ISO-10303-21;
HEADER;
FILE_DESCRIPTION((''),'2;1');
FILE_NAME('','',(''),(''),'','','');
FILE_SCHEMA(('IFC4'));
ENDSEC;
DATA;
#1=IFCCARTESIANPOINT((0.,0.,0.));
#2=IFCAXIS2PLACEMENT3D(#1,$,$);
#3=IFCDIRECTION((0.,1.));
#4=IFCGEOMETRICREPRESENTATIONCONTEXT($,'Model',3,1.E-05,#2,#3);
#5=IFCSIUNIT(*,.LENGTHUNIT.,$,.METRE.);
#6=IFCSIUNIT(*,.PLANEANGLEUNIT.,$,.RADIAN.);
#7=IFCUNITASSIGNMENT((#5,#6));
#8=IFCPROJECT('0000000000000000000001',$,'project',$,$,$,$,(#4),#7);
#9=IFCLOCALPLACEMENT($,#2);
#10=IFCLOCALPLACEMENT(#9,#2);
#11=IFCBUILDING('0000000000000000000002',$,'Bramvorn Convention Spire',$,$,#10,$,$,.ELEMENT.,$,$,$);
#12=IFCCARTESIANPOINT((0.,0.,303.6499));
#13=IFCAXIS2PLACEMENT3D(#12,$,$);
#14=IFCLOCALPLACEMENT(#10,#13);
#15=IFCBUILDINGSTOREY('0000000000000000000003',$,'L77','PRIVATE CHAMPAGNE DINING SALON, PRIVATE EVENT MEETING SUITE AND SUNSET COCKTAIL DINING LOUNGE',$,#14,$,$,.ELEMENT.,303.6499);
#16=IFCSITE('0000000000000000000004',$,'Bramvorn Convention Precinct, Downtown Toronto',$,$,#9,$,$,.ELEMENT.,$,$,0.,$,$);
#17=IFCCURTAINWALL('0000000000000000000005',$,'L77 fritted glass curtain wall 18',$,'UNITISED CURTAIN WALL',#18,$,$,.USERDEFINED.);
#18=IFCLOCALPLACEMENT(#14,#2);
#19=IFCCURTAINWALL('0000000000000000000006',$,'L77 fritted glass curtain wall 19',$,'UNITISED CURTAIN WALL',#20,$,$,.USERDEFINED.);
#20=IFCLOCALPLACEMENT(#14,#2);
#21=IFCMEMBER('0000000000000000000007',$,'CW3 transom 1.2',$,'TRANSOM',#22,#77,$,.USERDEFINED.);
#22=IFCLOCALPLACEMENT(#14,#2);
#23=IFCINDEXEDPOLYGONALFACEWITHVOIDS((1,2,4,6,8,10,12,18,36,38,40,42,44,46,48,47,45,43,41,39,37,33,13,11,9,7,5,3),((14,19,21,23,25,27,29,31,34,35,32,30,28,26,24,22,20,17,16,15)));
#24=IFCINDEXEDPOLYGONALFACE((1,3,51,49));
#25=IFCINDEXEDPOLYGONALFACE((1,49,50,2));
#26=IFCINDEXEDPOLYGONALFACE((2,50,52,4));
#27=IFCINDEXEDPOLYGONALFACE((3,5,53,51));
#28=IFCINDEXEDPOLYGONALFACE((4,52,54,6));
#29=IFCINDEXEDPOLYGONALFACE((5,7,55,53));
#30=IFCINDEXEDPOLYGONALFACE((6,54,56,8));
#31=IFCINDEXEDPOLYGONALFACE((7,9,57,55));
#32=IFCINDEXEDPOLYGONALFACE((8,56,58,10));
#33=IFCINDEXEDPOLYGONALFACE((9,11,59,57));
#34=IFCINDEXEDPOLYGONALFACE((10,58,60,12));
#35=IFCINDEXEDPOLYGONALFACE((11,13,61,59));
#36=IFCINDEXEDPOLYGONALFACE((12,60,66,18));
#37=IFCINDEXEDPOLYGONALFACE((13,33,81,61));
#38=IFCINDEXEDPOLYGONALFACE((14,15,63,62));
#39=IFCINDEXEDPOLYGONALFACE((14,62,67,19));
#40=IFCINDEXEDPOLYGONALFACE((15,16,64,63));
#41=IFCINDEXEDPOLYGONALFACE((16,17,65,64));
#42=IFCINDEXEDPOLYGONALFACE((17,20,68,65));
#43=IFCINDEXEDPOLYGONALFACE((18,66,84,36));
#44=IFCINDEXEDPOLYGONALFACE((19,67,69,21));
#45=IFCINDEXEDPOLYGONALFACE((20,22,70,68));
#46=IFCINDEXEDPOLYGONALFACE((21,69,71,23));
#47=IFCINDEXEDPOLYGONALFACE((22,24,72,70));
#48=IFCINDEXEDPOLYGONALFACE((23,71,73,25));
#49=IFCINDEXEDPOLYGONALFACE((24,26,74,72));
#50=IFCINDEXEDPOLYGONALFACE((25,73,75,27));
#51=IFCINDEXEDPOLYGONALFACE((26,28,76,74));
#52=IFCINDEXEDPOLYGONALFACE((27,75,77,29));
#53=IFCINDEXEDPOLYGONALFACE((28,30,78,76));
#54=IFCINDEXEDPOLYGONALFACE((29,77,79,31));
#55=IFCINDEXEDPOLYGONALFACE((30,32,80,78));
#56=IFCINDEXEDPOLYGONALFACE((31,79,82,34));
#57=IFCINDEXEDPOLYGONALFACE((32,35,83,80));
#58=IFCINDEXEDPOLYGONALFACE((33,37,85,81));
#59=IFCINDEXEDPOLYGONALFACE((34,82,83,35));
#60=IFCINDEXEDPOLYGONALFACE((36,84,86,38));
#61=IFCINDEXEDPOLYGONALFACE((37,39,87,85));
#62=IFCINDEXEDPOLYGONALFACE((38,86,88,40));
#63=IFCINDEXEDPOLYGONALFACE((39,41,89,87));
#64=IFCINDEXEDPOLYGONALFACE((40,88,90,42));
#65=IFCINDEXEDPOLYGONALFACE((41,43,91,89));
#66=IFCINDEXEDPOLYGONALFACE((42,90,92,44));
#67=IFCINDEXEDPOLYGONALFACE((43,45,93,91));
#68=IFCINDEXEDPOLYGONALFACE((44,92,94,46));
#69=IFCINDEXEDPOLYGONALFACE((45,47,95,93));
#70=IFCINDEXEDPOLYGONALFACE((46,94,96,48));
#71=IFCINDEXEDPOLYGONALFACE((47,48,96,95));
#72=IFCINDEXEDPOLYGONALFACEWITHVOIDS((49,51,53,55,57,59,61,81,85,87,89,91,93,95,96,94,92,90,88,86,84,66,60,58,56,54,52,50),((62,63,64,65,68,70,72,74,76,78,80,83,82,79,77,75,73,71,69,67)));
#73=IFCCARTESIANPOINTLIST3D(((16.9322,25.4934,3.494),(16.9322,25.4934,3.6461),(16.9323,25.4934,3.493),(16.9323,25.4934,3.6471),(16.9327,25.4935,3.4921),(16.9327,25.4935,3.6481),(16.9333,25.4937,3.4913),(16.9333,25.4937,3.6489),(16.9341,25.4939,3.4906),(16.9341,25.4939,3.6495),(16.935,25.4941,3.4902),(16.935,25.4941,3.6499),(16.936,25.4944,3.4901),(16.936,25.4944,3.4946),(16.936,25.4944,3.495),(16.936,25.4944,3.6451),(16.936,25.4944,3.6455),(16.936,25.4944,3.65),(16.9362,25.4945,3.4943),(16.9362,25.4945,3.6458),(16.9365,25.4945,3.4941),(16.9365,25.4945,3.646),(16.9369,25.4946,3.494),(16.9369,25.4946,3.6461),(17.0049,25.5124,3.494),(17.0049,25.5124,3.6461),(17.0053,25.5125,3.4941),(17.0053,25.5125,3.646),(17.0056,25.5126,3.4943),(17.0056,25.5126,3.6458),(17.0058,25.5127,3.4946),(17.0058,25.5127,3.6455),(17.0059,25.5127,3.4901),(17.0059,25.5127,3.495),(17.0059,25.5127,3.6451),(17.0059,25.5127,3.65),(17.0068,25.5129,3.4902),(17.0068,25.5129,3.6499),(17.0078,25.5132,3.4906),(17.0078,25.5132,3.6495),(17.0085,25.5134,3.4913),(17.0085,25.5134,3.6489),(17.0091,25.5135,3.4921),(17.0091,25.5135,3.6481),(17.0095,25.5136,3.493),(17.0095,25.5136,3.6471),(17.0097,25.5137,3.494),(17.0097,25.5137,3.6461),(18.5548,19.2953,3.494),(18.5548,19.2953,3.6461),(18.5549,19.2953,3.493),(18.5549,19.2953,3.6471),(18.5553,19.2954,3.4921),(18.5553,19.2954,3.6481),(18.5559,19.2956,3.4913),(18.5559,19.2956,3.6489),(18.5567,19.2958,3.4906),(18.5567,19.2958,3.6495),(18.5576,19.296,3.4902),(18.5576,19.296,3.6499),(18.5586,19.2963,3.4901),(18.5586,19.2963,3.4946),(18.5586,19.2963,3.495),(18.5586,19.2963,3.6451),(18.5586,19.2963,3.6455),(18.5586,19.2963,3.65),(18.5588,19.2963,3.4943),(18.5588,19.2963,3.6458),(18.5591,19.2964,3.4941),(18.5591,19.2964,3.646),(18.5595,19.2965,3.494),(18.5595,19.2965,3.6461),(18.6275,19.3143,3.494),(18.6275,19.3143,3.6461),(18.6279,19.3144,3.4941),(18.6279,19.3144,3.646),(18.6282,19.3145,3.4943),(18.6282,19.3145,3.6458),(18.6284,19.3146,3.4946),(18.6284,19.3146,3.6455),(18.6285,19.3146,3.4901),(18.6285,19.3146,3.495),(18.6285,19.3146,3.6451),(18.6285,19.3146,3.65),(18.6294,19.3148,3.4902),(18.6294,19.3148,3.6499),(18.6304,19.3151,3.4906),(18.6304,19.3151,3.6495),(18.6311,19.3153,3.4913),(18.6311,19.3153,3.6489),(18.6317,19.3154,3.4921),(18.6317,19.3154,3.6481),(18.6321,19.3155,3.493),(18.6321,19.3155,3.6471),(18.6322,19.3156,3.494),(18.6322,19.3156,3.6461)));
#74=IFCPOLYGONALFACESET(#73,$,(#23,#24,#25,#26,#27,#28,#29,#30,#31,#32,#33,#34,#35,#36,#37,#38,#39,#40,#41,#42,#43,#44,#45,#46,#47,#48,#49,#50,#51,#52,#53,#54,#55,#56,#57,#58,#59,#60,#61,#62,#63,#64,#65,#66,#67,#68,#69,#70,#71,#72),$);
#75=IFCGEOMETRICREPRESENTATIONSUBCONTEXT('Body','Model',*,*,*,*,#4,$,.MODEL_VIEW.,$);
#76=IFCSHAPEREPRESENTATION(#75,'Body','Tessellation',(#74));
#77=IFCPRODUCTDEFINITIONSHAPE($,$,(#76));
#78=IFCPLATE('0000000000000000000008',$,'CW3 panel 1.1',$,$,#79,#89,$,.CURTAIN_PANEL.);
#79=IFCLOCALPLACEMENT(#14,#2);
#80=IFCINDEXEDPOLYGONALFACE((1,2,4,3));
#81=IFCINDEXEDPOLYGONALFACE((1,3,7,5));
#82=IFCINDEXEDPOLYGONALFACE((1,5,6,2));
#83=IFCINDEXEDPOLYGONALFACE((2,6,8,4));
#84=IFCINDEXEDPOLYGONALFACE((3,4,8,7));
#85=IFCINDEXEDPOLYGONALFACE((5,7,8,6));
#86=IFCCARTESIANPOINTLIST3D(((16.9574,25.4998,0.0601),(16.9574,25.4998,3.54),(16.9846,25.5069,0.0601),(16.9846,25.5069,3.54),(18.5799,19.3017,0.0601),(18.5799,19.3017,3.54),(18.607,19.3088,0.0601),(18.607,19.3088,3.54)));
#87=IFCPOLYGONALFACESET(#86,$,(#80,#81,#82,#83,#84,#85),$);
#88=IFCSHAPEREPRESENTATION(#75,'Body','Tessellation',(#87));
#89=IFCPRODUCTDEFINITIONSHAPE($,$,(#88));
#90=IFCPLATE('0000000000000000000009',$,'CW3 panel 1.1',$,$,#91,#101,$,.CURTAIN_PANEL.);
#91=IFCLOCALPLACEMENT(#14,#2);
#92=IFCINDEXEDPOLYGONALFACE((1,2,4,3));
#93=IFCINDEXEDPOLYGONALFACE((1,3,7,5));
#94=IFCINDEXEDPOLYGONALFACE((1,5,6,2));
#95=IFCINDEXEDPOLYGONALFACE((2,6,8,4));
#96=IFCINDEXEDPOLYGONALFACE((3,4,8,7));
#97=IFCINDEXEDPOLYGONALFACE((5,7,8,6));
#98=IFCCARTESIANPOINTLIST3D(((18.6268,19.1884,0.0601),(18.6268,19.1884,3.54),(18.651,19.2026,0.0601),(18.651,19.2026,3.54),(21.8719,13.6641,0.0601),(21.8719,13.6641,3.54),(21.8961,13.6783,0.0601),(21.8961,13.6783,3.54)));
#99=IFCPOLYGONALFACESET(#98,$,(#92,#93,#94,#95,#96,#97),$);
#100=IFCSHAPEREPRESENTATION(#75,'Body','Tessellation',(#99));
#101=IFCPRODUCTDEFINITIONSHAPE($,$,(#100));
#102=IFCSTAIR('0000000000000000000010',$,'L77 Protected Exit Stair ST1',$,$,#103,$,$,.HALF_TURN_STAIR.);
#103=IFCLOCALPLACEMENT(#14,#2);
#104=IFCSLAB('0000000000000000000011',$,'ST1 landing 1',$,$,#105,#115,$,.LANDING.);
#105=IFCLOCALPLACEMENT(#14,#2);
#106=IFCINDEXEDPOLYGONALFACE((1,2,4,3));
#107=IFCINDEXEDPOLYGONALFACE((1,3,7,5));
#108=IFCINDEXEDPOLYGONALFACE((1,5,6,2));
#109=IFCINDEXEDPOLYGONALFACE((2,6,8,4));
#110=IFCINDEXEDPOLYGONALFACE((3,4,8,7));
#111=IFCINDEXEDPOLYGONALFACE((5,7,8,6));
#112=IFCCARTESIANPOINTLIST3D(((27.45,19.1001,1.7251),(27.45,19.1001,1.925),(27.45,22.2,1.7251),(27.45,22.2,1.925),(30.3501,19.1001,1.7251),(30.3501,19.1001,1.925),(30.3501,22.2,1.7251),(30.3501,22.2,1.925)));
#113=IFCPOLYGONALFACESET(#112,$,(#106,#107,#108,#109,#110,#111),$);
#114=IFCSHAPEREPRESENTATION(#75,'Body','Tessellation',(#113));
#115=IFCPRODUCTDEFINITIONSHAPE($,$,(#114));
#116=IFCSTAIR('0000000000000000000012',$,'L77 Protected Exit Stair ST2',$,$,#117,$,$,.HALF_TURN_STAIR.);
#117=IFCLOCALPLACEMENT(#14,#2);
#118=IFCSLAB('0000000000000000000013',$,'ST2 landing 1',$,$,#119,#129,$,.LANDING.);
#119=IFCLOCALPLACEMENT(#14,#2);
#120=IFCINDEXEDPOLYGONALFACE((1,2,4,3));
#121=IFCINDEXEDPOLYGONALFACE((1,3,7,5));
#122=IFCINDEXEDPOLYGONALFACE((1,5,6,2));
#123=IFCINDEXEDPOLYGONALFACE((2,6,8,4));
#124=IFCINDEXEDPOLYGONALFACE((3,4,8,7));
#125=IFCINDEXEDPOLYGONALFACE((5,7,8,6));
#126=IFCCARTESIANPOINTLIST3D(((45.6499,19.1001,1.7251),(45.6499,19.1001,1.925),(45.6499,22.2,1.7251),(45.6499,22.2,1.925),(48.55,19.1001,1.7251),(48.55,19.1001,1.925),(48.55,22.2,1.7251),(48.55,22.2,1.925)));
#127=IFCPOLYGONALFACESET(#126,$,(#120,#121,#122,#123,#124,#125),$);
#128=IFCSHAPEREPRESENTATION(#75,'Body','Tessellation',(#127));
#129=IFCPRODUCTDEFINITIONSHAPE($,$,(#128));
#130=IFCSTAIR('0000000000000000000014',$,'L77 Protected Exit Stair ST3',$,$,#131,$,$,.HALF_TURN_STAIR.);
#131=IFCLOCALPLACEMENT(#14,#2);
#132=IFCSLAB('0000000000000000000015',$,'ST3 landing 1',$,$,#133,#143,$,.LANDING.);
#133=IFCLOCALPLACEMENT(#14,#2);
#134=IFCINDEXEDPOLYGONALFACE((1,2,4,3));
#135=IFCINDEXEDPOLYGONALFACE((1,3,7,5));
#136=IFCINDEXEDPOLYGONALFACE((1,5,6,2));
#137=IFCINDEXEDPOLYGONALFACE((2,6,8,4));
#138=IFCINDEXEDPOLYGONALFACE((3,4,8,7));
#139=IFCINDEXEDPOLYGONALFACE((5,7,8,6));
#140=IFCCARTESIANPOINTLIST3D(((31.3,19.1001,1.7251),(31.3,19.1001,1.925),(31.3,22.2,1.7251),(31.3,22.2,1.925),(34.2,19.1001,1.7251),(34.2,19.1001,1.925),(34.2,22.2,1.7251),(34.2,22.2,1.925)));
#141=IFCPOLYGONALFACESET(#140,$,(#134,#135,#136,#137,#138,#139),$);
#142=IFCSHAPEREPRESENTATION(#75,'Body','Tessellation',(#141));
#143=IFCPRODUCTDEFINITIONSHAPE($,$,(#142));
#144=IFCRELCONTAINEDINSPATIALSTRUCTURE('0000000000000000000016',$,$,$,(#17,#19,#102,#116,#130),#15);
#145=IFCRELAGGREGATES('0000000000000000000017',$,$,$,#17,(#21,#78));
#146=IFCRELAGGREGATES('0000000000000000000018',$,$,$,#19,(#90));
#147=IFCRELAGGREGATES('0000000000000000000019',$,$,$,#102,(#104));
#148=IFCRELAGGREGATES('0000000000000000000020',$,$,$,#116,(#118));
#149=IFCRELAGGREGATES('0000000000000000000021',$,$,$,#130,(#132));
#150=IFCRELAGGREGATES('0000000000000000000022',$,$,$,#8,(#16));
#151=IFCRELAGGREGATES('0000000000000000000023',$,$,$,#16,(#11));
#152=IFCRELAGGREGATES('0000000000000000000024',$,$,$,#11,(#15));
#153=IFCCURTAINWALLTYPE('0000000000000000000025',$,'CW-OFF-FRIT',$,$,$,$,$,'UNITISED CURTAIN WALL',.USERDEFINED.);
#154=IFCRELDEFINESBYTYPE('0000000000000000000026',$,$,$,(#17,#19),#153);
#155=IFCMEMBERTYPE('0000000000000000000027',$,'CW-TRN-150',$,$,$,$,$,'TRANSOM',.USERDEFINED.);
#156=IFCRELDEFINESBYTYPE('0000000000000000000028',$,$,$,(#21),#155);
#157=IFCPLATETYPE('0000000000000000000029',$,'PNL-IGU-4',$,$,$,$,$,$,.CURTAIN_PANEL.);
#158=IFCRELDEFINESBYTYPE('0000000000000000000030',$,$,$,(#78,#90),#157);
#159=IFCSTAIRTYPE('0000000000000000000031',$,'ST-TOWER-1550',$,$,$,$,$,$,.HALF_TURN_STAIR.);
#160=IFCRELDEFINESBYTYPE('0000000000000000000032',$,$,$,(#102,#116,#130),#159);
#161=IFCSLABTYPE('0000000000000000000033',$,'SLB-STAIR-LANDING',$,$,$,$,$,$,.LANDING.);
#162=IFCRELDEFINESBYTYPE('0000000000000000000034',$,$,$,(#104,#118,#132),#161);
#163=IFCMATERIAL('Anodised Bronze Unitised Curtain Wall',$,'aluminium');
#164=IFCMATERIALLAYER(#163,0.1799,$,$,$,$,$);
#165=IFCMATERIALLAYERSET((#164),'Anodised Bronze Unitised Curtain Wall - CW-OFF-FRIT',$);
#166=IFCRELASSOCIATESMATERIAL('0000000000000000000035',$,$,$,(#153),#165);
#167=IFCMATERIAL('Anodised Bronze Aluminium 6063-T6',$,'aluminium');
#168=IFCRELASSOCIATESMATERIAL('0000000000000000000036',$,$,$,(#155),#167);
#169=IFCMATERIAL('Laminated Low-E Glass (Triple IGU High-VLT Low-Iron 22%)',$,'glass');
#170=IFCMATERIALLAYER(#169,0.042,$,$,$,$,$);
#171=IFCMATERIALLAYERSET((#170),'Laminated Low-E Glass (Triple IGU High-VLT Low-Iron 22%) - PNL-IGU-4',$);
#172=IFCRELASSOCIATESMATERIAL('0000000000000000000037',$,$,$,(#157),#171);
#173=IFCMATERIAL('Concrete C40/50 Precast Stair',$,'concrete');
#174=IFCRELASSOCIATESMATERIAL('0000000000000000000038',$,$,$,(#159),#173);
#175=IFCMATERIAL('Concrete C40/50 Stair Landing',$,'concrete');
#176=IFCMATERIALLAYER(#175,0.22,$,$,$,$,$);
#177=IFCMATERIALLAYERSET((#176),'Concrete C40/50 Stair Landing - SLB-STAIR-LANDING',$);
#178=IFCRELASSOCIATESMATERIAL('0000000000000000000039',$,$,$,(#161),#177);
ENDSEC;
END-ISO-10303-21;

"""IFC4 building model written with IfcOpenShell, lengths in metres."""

from ifc_helpers import new_model, si_unit, direction, frame, origin, origin_2d, place, context, subcontext, project, spatial, polyline, rectangle, hollow_rectangle, outline, extrude, material, layer, layer_set, material_profile, profile_set, type_object, element, aggregate, save


model = new_model("IFC4")

# Units and contexts
model_context = context("Model", 3, precision=1e-05, world=origin(), true_north=direction((0.0, 1.0)))
body_context = subcontext(model_context, "Body", "Model", "MODEL_VIEW")
ifc_project = project(units=[si_unit("LENGTHUNIT", "METRE"), si_unit("PLANEANGLEUNIT", "RADIAN")], contexts=[model_context])

# Site, building, storey
site_placement = place(None, origin())
site = spatial("IfcSite", under=ifc_project, at=site_placement, Name="Bramvorn Convention Precinct, Downtown Toronto", CompositionType="ELEMENT", RefElevation=0.0)
building_placement = place(site_placement, origin())
building = spatial("IfcBuilding", under=site, at=building_placement, Name="Bramvorn Convention Spire", CompositionType="ELEMENT")
storey_placement = place(building_placement, frame((0.0, 0.0, 303.6499)))
storey = spatial("IfcBuildingStorey", under=building, at=storey_placement, Name="L77", Description="PRIVATE CHAMPAGNE DINING SALON, PRIVATE EVENT MEETING SUITE AND SUNSET COCKTAIL DINING LOUNGE", CompositionType="ELEMENT", Elevation=303.6499)

# Curtain walls
ifc_material_1 = material(Name="Anodised Bronze Unitised Curtain Wall", Category="aluminium")
ifc_layer_1 = layer(ifc_material_1, 0.1799)
ifc_layer_set_1 = layer_set([ifc_layer_1], Name="Anodised Bronze Unitised Curtain Wall - CW-OFF-FRIT")
curtain_wall_type = type_object("IfcCurtainWallType", Name="CW-OFF-FRIT", ElementType="UNITISED CURTAIN WALL", PredefinedType="USERDEFINED", material=ifc_layer_set_1)
curtain_wall_1_placement = place(storey_placement, origin())
curtain_wall_1 = element("IfcCurtainWall", 1, at=curtain_wall_1_placement, inside=storey, type_object=curtain_wall_type, Name="L77 fritted glass curtain wall 18", ObjectType="UNITISED CURTAIN WALL", PredefinedType="USERDEFINED")
ifc_material_2 = material(Name="Anodised Bronze Aluminium 6063-T6", Category="aluminium")
curtain_wall_2_placement = place(storey_placement, origin())
curtain_wall_2 = element("IfcCurtainWall", 2, at=curtain_wall_2_placement, inside=storey, type_object=curtain_wall_type, Name="L77 fritted glass curtain wall 19", ObjectType="UNITISED CURTAIN WALL", PredefinedType="USERDEFINED")

# Member
ifc_material_profile_1 = material_profile(ifc_material_2, hollow_rectangle(XDim=0.0801, YDim=0.1599, WallThickness=0.0039, InnerFilletRadius=0.001, OuterFilletRadius=0.0039, at=origin_2d()))
ifc_profile_set_1 = profile_set([ifc_material_profile_1], Name="Anodised Bronze Aluminium 6063-T6 - CWT80X160")
member_type_1 = type_object("IfcMemberType", Name="CW-TRN-150", ElementType="TRANSOM", PredefinedType="USERDEFINED", material=ifc_profile_set_1)
member_1_placement = place(storey_placement, frame((18.5935, 19.3054, 3.5701), z_axis=(-0.253253, 0.9674, 0.0), x_axis=(-0.9674, -0.253253, 0.0)))
member_1 = element("IfcMember", 3, at=member_1_placement, type_object=member_type_1, Name="CW3 transom 1.2", ObjectType="TRANSOM", PredefinedType="USERDEFINED", context=body_context, shape_type="SweptSolid", body=[
    extrude(hollow_rectangle(XDim=0.0801, YDim=0.1599, WallThickness=0.0039, InnerFilletRadius=0.001, OuterFilletRadius=0.0039, at=origin_2d()), origin(), (0.0, 0.0, 1.0), 6.407),
])

# Plates
ifc_material_3 = material(Name="Laminated Low-E Glass (Triple IGU High-VLT Low-Iron 22%)", Category="glass")
ifc_layer_2 = layer(ifc_material_3, 0.042)
ifc_layer_set_2 = layer_set([ifc_layer_2], Name="Laminated Low-E Glass (Triple IGU High-VLT Low-Iron 22%) - PNL-IGU-4")
plate_type = type_object("IfcPlateType", Name="PNL-IGU-4", PredefinedType="CURTAIN_PANEL", material=ifc_layer_set_2)
plate_1_placement = place(storey_placement, frame((17.7822, 22.4043, 0.0601), z_axis=(0.0, 0.0, 1.0), x_axis=(-0.253228, 0.967407, 0.0)))
plate_1 = element("IfcPlate", 4, at=plate_1_placement, type_object=plate_type, Name="CW3 panel 1.1", PredefinedType="CURTAIN_PANEL", context=body_context, shape_type="SweptSolid", body=[
    extrude(rectangle(XDim=6.407, YDim=0.0281, at=origin_2d()), origin(), (0.0, 0.0, 1.0), 3.48),
])
aggregate(curtain_wall_1, [member_1, plate_1])
plate_2_placement = place(storey_placement, frame((20.2615, 16.4333, 0.0601), z_axis=(0.0, 0.0, 1.0), x_axis=(-0.5065, 0.86224, 0.0)))
plate_2 = element("IfcPlate", 5, at=plate_2_placement, type_object=plate_type, Name="CW3 panel 1.1", PredefinedType="CURTAIN_PANEL", context=body_context, shape_type="SweptSolid", body=[
    extrude(rectangle(XDim=6.407, YDim=0.0281, at=origin_2d()), origin(), (0.0, 0.0, 1.0), 3.48),
])
aggregate(curtain_wall_2, [plate_2])

# Stairs, slabs
ifc_material_4 = material(Name="Concrete C40/50 Precast Stair", Category="concrete")
stair_type = type_object("IfcStairType", Name="ST-TOWER-1550", PredefinedType="HALF_TURN_STAIR", material=ifc_material_4)
stair_1_placement = place(storey_placement, origin())
stair_1 = element("IfcStair", 6, at=stair_1_placement, inside=storey, type_object=stair_type, Name="L77 Protected Exit Stair ST1", PredefinedType="HALF_TURN_STAIR")
ifc_material_5 = material(Name="Concrete C40/50 Stair Landing", Category="concrete")
ifc_layer_3 = layer(ifc_material_5, 0.22)
ifc_layer_set_3 = layer_set([ifc_layer_3], Name="Concrete C40/50 Stair Landing - SLB-STAIR-LANDING")
slab_type_1 = type_object("IfcSlabType", Name="SLB-STAIR-LANDING", PredefinedType="LANDING", material=ifc_layer_set_3)
slab_1_placement = place(storey_placement, frame((0.0, 0.0, 1.7251)))
slab_1 = element("IfcSlab", 7, at=slab_1_placement, type_object=slab_type_1, Name="ST1 landing 1", PredefinedType="LANDING", context=body_context, shape_type="SweptSolid", body=[
    extrude(outline(polyline([(27.45, 22.2), (27.45, 19.1001), (30.3501, 19.1001), (30.3501, 22.2), (27.45, 22.2)])), origin(), (0.0, 0.0, 1.0), 0.2),
])
aggregate(stair_1, [slab_1])
stair_2_placement = place(storey_placement, origin())
stair_2 = element("IfcStair", 8, at=stair_2_placement, inside=storey, type_object=stair_type, Name="L77 Protected Exit Stair ST2", PredefinedType="HALF_TURN_STAIR")
slab_2_placement = place(storey_placement, frame((0.0, 0.0, 1.7251)))
slab_2 = element("IfcSlab", 9, at=slab_2_placement, type_object=slab_type_1, Name="ST2 landing 1", PredefinedType="LANDING", context=body_context, shape_type="SweptSolid", body=[
    extrude(outline(polyline([(45.6499, 22.2), (45.6499, 19.1001), (48.55, 19.1001), (48.55, 22.2), (45.6499, 22.2)])), origin(), (0.0, 0.0, 1.0), 0.2),
])
aggregate(stair_2, [slab_2])
stair_3_placement = place(storey_placement, origin())
stair_3 = element("IfcStair", 10, at=stair_3_placement, inside=storey, type_object=stair_type, Name="L77 Protected Exit Stair ST3", PredefinedType="HALF_TURN_STAIR")
slab_3_placement = place(storey_placement, frame((0.0, 0.0, 1.7251)))
slab_3 = element("IfcSlab", 11, at=slab_3_placement, type_object=slab_type_1, Name="ST3 landing 1", PredefinedType="LANDING", context=body_context, shape_type="SweptSolid", body=[
    extrude(outline(polyline([(31.3, 22.2), (31.3, 19.1001), (34.2, 19.1001), (34.2, 22.2), (31.3, 22.2)])), origin(), (0.0, 0.0, 1.0), 0.2),
])
aggregate(stair_3, [slab_3])

save(model, "model.ifc")
